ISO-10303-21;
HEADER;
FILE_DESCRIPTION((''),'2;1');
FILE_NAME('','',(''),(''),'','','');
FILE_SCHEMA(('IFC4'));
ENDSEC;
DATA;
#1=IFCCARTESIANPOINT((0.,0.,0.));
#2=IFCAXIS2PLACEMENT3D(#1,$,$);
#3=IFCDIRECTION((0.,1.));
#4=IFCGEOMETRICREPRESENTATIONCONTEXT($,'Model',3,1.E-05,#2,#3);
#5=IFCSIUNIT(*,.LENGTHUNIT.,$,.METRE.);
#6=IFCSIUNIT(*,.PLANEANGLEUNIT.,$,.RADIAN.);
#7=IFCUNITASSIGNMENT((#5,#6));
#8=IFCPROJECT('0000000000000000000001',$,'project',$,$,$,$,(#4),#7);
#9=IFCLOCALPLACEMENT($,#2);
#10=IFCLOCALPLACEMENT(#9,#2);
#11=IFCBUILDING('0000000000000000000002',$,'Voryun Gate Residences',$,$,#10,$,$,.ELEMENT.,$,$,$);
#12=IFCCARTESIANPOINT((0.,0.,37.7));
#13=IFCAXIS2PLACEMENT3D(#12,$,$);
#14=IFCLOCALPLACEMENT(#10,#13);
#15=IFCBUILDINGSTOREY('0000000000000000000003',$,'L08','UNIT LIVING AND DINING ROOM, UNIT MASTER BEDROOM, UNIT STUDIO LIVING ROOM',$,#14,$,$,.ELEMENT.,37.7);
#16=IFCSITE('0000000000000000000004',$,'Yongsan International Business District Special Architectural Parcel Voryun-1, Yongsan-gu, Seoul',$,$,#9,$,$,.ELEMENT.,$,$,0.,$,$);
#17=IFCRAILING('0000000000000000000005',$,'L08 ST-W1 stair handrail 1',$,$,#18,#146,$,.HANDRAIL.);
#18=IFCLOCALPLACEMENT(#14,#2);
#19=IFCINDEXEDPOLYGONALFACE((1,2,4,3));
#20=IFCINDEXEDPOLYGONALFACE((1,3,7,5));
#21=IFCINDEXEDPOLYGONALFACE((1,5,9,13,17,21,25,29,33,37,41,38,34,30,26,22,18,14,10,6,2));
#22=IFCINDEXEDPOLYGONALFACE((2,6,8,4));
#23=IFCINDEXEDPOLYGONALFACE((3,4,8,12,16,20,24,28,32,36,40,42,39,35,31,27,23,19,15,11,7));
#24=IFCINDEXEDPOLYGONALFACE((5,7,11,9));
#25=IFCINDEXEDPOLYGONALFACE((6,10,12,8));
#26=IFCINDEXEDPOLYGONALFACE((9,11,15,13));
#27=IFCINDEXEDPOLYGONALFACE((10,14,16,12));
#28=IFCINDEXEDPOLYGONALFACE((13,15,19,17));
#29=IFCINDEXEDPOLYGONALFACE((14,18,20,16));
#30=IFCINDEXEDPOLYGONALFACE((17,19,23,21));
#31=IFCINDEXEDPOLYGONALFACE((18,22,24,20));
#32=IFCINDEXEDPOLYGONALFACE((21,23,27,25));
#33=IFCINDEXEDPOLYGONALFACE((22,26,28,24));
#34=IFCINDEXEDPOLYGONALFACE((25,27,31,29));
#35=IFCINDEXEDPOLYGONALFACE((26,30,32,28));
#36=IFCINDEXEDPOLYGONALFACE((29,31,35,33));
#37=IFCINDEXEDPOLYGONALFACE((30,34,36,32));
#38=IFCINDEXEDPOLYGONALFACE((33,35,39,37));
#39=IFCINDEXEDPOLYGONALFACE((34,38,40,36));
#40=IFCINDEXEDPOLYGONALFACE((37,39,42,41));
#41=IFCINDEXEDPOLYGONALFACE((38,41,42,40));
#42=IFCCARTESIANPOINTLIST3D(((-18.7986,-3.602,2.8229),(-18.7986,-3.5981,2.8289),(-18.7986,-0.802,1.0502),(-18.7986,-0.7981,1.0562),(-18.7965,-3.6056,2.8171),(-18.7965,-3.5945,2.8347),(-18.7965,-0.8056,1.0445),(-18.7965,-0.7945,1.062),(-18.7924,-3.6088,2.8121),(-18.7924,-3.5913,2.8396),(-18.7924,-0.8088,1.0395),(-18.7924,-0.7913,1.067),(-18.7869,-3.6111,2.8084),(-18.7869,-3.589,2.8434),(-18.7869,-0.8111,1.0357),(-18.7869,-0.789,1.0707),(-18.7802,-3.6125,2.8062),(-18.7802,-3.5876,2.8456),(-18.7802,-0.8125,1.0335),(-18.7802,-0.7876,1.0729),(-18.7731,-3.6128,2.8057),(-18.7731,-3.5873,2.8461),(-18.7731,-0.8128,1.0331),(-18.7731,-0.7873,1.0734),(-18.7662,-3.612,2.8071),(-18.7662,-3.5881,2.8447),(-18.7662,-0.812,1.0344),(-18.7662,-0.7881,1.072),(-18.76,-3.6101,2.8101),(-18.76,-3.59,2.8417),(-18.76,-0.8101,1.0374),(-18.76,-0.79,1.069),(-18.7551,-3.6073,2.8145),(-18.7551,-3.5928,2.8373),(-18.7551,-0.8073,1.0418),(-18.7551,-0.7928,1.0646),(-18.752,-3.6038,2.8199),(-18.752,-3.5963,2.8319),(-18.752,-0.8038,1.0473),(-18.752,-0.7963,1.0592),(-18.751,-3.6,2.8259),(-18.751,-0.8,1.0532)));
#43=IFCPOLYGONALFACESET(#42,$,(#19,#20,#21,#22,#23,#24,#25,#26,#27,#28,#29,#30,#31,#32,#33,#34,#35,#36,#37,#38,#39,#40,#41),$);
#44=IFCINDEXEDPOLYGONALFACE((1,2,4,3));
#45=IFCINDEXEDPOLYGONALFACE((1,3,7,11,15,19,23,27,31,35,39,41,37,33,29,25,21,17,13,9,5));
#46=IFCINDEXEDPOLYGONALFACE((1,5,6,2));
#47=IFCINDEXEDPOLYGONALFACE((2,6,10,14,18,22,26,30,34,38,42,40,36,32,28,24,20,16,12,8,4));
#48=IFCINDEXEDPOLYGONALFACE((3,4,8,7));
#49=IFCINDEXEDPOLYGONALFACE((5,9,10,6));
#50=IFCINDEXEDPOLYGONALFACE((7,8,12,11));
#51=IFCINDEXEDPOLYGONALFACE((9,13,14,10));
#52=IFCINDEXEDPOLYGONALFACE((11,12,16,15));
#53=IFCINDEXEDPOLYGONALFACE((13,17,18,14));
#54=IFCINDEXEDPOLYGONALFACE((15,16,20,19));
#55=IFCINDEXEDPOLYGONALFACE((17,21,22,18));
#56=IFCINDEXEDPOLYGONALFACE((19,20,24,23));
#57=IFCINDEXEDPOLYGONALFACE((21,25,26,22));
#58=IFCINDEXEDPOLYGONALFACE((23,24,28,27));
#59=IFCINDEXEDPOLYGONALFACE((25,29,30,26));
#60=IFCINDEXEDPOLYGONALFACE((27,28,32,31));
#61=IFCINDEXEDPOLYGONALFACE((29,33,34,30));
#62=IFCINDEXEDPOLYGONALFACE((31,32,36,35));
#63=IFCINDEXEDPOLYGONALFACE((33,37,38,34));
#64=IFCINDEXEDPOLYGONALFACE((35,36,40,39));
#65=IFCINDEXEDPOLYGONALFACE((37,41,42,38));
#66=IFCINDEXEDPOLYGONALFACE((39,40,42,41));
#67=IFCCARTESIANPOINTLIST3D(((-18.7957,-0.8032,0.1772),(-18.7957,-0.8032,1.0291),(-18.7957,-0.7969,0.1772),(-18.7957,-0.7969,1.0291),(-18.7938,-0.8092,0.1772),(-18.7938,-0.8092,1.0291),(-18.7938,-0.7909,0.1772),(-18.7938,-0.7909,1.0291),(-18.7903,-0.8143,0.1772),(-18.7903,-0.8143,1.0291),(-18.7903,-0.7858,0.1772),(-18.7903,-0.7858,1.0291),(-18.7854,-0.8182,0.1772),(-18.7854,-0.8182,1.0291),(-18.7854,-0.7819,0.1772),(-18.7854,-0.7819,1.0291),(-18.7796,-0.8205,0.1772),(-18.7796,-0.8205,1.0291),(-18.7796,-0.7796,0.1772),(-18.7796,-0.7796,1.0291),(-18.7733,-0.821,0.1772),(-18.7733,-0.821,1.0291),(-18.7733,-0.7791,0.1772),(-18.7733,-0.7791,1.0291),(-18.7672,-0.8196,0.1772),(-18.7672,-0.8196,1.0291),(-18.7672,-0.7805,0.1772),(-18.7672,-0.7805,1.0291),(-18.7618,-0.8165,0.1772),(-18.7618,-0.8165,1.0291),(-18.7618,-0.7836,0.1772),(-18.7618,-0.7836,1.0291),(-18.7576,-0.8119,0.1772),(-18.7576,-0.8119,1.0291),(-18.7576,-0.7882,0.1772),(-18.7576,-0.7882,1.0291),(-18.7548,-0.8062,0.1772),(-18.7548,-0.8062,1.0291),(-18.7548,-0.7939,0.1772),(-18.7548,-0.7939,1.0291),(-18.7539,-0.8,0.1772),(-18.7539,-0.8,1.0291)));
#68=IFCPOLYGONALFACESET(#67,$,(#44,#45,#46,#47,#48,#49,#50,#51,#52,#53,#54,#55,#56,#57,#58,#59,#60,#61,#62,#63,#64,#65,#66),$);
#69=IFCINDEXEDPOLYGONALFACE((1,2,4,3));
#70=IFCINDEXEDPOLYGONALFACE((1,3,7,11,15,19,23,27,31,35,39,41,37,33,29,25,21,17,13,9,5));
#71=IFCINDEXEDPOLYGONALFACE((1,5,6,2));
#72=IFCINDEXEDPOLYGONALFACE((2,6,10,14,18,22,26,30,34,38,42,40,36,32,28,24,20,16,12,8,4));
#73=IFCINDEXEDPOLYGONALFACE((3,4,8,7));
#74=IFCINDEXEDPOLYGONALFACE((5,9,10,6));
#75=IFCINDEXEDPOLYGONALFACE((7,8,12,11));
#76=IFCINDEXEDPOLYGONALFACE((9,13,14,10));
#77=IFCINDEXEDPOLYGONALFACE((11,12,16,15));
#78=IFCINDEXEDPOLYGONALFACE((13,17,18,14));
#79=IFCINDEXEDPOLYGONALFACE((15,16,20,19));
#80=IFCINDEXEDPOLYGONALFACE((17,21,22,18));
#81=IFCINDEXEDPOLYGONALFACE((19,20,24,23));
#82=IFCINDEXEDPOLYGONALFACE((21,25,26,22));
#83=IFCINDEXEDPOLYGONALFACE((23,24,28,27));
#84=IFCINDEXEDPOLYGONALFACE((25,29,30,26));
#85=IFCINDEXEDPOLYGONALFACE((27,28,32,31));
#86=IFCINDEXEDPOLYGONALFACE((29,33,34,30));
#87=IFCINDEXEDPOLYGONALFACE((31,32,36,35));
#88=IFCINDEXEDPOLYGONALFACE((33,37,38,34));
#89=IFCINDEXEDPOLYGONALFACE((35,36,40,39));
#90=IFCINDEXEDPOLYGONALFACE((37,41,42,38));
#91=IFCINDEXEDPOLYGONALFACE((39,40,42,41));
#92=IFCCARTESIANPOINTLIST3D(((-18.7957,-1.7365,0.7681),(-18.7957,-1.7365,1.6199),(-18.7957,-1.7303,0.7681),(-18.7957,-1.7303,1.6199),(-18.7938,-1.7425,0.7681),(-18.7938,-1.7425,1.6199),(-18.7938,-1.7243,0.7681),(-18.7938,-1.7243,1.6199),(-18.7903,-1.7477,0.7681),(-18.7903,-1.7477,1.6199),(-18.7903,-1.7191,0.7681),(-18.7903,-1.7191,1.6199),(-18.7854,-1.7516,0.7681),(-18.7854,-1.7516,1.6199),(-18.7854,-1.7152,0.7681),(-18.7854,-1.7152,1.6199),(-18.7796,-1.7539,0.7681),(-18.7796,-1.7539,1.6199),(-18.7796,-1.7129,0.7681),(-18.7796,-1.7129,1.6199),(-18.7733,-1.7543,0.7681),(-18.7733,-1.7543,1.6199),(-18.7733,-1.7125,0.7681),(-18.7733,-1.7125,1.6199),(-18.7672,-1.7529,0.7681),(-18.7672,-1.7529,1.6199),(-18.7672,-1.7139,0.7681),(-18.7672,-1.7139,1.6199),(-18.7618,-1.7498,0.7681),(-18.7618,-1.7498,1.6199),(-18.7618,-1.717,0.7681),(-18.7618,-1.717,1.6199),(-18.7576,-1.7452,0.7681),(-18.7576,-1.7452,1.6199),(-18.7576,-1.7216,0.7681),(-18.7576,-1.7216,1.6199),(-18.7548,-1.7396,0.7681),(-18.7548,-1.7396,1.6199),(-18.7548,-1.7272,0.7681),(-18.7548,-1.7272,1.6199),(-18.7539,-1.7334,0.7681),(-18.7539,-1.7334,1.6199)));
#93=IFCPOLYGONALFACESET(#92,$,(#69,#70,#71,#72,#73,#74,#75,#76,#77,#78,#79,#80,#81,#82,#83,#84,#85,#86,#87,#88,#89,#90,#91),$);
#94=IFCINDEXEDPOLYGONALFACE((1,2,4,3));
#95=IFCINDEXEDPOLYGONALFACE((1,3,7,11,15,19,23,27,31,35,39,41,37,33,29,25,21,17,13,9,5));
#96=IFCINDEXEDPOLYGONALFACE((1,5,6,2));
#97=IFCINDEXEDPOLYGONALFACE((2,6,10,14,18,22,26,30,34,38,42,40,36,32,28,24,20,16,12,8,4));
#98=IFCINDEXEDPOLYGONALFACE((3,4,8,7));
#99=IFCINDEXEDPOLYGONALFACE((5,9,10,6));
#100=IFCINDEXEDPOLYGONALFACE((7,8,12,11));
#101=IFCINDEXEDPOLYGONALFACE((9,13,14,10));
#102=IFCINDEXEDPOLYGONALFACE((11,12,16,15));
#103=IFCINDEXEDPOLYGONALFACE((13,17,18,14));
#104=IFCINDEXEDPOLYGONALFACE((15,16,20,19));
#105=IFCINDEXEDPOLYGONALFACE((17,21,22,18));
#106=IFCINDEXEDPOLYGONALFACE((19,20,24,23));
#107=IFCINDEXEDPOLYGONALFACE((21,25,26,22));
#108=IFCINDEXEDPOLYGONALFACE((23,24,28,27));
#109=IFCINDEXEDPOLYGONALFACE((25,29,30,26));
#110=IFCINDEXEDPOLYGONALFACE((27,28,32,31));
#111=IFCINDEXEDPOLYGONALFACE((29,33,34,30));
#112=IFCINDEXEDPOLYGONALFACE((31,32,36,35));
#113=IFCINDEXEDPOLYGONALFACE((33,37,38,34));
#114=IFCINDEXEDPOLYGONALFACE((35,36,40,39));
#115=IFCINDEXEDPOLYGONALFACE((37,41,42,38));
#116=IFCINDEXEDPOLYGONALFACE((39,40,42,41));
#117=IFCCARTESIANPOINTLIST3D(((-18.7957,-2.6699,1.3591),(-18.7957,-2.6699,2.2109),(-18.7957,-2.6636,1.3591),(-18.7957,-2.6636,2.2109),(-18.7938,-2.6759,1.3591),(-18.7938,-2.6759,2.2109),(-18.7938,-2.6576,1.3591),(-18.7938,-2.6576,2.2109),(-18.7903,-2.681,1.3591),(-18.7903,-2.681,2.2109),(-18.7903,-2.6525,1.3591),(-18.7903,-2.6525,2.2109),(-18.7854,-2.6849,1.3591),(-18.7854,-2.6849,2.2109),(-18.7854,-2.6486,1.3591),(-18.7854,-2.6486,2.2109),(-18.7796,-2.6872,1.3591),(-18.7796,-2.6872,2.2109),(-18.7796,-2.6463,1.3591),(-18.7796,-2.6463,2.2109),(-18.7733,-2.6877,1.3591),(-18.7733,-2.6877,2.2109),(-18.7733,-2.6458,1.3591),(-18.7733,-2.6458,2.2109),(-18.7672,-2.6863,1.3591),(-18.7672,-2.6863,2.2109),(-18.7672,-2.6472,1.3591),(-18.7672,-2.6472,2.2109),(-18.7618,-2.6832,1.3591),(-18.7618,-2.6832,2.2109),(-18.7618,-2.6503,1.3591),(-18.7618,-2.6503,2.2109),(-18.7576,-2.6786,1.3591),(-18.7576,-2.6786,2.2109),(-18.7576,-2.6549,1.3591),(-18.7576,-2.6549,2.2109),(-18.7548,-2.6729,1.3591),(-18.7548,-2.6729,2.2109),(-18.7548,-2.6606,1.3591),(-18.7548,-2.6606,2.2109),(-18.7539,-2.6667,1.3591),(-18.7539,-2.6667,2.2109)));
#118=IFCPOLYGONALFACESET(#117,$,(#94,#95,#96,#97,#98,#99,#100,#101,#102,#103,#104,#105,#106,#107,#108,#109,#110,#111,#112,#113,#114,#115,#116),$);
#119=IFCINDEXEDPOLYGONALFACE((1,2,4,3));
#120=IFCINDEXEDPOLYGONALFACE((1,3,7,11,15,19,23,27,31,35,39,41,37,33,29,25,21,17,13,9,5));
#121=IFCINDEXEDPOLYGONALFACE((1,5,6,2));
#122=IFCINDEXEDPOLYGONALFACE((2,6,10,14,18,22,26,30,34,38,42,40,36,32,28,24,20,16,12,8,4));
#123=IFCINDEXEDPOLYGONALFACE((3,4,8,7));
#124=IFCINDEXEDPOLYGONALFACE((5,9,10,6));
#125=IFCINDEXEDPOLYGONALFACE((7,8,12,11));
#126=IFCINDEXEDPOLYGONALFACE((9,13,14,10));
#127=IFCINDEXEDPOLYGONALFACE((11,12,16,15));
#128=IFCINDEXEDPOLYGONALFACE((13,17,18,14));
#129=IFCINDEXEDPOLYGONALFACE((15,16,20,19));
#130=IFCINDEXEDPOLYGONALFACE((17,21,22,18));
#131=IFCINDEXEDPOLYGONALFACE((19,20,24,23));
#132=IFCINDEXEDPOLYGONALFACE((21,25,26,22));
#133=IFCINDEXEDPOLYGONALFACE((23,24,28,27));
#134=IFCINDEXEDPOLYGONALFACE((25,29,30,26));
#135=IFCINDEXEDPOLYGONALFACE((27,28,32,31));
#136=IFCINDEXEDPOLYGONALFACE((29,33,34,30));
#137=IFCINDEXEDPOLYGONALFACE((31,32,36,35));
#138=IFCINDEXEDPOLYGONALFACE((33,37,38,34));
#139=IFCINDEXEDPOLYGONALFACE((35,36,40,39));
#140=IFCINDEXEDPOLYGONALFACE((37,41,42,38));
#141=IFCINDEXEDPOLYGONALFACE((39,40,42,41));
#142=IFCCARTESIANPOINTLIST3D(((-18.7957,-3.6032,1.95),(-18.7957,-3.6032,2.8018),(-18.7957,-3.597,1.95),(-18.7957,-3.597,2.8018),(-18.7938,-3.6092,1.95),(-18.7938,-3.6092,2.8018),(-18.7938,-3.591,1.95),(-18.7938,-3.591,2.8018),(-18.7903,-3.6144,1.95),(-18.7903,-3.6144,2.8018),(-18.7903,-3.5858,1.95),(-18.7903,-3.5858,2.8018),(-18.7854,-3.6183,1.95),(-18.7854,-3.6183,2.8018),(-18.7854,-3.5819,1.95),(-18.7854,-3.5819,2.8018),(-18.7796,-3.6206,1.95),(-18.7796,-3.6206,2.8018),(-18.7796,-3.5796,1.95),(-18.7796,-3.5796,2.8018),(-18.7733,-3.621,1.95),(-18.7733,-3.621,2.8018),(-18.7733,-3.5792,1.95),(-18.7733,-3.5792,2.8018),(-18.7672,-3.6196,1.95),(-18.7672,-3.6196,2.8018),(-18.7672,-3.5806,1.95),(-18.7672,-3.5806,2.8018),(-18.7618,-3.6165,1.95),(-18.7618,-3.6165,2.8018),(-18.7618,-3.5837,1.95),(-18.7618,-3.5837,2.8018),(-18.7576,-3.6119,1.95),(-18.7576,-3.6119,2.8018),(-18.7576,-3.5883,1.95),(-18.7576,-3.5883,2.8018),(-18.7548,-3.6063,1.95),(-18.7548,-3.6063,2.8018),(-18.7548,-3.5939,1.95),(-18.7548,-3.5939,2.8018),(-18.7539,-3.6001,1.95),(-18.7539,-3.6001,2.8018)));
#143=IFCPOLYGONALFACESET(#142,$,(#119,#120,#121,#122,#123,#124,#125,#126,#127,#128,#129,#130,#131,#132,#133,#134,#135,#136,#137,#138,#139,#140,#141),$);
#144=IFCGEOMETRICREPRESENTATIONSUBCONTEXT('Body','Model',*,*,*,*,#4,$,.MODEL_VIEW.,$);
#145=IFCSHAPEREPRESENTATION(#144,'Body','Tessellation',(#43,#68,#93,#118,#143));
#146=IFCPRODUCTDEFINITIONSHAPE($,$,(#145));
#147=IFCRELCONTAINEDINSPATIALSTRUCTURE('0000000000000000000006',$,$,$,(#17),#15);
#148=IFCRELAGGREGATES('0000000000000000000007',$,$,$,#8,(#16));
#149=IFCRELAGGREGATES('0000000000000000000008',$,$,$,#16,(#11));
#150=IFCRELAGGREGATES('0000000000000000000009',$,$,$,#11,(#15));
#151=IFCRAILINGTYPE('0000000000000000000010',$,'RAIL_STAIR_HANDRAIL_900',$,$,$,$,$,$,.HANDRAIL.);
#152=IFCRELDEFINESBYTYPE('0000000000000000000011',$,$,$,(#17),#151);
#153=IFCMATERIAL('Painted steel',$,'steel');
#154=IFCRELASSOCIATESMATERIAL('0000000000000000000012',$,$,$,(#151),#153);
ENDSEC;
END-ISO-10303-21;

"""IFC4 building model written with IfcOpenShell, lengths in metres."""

from ifc_helpers import new_model, si_unit, direction, frame, origin, origin_2d, place, context, subcontext, project, spatial, circle, extrude, material, type_object, element, save


model = new_model("IFC4")

# Units and contexts
model_context = context("Model", 3, precision=1e-05, world=origin(), true_north=direction((0.0, 1.0)))
body_context = subcontext(model_context, "Body", "Model", "MODEL_VIEW")
ifc_project = project(units=[si_unit("LENGTHUNIT", "METRE"), si_unit("PLANEANGLEUNIT", "RADIAN")], contexts=[model_context])

# Site, building, storey
site_placement = place(None, origin())
site = spatial("IfcSite", under=ifc_project, at=site_placement, Name="Yongsan International Business District Special Architectural Parcel Voryun-1, Yongsan-gu, Seoul", CompositionType="ELEMENT", RefElevation=0.0)
building_placement = place(site_placement, origin())
building = spatial("IfcBuilding", under=site, at=building_placement, Name="Voryun Gate Residences", CompositionType="ELEMENT")
storey_placement = place(building_placement, frame((0.0, 0.0, 37.7)))
storey = spatial("IfcBuildingStorey", under=building, at=storey_placement, Name="L08", Description="UNIT LIVING AND DINING ROOM, UNIT MASTER BEDROOM, UNIT STUDIO LIVING ROOM", CompositionType="ELEMENT", Elevation=37.7)

# Railing
ifc_material_1 = material(Name="Painted steel", Category="steel")
railing_type_1 = type_object("IfcRailingType", Name="RAIL_STAIR_HANDRAIL_900", PredefinedType="HANDRAIL", material=ifc_material_1)
railing_1_placement = place(storey_placement, frame((-18.7749, -0.8, 0.1772)))
element("IfcRailing", 1, at=railing_1_placement, inside=storey, type_object=railing_type_1, Name="L08 ST-W1 stair handrail 1", PredefinedType="HANDRAIL", context=body_context, shape_type="SweptSolid", body=[
    extrude(circle(Radius=0.0239, at=origin_2d()), frame((0.0, 0.0, 0.876), z_axis=(0.0, -0.844909, 0.53491), x_axis=(1.0, 0.0, 0.0)), (0.0, 0.0, 1.0), 3.314),
    extrude(circle(Radius=0.021, at=origin_2d()), origin(), (0.0, 0.0, 1.0), 0.8518),
    extrude(circle(Radius=0.021, at=origin_2d()), frame((0.0, -0.9333, 0.5908)), (0.0, 0.0, 1.0), 0.8518),
    extrude(circle(Radius=0.021, at=origin_2d()), frame((0.0, -1.8667, 1.1819)), (0.0, 0.0, 1.0), 0.8518),
    extrude(circle(Radius=0.021, at=origin_2d()), frame((0.0, -2.8, 1.7727)), (0.0, 0.0, 1.0), 0.8518),
])

save(model, "model.ifc")
